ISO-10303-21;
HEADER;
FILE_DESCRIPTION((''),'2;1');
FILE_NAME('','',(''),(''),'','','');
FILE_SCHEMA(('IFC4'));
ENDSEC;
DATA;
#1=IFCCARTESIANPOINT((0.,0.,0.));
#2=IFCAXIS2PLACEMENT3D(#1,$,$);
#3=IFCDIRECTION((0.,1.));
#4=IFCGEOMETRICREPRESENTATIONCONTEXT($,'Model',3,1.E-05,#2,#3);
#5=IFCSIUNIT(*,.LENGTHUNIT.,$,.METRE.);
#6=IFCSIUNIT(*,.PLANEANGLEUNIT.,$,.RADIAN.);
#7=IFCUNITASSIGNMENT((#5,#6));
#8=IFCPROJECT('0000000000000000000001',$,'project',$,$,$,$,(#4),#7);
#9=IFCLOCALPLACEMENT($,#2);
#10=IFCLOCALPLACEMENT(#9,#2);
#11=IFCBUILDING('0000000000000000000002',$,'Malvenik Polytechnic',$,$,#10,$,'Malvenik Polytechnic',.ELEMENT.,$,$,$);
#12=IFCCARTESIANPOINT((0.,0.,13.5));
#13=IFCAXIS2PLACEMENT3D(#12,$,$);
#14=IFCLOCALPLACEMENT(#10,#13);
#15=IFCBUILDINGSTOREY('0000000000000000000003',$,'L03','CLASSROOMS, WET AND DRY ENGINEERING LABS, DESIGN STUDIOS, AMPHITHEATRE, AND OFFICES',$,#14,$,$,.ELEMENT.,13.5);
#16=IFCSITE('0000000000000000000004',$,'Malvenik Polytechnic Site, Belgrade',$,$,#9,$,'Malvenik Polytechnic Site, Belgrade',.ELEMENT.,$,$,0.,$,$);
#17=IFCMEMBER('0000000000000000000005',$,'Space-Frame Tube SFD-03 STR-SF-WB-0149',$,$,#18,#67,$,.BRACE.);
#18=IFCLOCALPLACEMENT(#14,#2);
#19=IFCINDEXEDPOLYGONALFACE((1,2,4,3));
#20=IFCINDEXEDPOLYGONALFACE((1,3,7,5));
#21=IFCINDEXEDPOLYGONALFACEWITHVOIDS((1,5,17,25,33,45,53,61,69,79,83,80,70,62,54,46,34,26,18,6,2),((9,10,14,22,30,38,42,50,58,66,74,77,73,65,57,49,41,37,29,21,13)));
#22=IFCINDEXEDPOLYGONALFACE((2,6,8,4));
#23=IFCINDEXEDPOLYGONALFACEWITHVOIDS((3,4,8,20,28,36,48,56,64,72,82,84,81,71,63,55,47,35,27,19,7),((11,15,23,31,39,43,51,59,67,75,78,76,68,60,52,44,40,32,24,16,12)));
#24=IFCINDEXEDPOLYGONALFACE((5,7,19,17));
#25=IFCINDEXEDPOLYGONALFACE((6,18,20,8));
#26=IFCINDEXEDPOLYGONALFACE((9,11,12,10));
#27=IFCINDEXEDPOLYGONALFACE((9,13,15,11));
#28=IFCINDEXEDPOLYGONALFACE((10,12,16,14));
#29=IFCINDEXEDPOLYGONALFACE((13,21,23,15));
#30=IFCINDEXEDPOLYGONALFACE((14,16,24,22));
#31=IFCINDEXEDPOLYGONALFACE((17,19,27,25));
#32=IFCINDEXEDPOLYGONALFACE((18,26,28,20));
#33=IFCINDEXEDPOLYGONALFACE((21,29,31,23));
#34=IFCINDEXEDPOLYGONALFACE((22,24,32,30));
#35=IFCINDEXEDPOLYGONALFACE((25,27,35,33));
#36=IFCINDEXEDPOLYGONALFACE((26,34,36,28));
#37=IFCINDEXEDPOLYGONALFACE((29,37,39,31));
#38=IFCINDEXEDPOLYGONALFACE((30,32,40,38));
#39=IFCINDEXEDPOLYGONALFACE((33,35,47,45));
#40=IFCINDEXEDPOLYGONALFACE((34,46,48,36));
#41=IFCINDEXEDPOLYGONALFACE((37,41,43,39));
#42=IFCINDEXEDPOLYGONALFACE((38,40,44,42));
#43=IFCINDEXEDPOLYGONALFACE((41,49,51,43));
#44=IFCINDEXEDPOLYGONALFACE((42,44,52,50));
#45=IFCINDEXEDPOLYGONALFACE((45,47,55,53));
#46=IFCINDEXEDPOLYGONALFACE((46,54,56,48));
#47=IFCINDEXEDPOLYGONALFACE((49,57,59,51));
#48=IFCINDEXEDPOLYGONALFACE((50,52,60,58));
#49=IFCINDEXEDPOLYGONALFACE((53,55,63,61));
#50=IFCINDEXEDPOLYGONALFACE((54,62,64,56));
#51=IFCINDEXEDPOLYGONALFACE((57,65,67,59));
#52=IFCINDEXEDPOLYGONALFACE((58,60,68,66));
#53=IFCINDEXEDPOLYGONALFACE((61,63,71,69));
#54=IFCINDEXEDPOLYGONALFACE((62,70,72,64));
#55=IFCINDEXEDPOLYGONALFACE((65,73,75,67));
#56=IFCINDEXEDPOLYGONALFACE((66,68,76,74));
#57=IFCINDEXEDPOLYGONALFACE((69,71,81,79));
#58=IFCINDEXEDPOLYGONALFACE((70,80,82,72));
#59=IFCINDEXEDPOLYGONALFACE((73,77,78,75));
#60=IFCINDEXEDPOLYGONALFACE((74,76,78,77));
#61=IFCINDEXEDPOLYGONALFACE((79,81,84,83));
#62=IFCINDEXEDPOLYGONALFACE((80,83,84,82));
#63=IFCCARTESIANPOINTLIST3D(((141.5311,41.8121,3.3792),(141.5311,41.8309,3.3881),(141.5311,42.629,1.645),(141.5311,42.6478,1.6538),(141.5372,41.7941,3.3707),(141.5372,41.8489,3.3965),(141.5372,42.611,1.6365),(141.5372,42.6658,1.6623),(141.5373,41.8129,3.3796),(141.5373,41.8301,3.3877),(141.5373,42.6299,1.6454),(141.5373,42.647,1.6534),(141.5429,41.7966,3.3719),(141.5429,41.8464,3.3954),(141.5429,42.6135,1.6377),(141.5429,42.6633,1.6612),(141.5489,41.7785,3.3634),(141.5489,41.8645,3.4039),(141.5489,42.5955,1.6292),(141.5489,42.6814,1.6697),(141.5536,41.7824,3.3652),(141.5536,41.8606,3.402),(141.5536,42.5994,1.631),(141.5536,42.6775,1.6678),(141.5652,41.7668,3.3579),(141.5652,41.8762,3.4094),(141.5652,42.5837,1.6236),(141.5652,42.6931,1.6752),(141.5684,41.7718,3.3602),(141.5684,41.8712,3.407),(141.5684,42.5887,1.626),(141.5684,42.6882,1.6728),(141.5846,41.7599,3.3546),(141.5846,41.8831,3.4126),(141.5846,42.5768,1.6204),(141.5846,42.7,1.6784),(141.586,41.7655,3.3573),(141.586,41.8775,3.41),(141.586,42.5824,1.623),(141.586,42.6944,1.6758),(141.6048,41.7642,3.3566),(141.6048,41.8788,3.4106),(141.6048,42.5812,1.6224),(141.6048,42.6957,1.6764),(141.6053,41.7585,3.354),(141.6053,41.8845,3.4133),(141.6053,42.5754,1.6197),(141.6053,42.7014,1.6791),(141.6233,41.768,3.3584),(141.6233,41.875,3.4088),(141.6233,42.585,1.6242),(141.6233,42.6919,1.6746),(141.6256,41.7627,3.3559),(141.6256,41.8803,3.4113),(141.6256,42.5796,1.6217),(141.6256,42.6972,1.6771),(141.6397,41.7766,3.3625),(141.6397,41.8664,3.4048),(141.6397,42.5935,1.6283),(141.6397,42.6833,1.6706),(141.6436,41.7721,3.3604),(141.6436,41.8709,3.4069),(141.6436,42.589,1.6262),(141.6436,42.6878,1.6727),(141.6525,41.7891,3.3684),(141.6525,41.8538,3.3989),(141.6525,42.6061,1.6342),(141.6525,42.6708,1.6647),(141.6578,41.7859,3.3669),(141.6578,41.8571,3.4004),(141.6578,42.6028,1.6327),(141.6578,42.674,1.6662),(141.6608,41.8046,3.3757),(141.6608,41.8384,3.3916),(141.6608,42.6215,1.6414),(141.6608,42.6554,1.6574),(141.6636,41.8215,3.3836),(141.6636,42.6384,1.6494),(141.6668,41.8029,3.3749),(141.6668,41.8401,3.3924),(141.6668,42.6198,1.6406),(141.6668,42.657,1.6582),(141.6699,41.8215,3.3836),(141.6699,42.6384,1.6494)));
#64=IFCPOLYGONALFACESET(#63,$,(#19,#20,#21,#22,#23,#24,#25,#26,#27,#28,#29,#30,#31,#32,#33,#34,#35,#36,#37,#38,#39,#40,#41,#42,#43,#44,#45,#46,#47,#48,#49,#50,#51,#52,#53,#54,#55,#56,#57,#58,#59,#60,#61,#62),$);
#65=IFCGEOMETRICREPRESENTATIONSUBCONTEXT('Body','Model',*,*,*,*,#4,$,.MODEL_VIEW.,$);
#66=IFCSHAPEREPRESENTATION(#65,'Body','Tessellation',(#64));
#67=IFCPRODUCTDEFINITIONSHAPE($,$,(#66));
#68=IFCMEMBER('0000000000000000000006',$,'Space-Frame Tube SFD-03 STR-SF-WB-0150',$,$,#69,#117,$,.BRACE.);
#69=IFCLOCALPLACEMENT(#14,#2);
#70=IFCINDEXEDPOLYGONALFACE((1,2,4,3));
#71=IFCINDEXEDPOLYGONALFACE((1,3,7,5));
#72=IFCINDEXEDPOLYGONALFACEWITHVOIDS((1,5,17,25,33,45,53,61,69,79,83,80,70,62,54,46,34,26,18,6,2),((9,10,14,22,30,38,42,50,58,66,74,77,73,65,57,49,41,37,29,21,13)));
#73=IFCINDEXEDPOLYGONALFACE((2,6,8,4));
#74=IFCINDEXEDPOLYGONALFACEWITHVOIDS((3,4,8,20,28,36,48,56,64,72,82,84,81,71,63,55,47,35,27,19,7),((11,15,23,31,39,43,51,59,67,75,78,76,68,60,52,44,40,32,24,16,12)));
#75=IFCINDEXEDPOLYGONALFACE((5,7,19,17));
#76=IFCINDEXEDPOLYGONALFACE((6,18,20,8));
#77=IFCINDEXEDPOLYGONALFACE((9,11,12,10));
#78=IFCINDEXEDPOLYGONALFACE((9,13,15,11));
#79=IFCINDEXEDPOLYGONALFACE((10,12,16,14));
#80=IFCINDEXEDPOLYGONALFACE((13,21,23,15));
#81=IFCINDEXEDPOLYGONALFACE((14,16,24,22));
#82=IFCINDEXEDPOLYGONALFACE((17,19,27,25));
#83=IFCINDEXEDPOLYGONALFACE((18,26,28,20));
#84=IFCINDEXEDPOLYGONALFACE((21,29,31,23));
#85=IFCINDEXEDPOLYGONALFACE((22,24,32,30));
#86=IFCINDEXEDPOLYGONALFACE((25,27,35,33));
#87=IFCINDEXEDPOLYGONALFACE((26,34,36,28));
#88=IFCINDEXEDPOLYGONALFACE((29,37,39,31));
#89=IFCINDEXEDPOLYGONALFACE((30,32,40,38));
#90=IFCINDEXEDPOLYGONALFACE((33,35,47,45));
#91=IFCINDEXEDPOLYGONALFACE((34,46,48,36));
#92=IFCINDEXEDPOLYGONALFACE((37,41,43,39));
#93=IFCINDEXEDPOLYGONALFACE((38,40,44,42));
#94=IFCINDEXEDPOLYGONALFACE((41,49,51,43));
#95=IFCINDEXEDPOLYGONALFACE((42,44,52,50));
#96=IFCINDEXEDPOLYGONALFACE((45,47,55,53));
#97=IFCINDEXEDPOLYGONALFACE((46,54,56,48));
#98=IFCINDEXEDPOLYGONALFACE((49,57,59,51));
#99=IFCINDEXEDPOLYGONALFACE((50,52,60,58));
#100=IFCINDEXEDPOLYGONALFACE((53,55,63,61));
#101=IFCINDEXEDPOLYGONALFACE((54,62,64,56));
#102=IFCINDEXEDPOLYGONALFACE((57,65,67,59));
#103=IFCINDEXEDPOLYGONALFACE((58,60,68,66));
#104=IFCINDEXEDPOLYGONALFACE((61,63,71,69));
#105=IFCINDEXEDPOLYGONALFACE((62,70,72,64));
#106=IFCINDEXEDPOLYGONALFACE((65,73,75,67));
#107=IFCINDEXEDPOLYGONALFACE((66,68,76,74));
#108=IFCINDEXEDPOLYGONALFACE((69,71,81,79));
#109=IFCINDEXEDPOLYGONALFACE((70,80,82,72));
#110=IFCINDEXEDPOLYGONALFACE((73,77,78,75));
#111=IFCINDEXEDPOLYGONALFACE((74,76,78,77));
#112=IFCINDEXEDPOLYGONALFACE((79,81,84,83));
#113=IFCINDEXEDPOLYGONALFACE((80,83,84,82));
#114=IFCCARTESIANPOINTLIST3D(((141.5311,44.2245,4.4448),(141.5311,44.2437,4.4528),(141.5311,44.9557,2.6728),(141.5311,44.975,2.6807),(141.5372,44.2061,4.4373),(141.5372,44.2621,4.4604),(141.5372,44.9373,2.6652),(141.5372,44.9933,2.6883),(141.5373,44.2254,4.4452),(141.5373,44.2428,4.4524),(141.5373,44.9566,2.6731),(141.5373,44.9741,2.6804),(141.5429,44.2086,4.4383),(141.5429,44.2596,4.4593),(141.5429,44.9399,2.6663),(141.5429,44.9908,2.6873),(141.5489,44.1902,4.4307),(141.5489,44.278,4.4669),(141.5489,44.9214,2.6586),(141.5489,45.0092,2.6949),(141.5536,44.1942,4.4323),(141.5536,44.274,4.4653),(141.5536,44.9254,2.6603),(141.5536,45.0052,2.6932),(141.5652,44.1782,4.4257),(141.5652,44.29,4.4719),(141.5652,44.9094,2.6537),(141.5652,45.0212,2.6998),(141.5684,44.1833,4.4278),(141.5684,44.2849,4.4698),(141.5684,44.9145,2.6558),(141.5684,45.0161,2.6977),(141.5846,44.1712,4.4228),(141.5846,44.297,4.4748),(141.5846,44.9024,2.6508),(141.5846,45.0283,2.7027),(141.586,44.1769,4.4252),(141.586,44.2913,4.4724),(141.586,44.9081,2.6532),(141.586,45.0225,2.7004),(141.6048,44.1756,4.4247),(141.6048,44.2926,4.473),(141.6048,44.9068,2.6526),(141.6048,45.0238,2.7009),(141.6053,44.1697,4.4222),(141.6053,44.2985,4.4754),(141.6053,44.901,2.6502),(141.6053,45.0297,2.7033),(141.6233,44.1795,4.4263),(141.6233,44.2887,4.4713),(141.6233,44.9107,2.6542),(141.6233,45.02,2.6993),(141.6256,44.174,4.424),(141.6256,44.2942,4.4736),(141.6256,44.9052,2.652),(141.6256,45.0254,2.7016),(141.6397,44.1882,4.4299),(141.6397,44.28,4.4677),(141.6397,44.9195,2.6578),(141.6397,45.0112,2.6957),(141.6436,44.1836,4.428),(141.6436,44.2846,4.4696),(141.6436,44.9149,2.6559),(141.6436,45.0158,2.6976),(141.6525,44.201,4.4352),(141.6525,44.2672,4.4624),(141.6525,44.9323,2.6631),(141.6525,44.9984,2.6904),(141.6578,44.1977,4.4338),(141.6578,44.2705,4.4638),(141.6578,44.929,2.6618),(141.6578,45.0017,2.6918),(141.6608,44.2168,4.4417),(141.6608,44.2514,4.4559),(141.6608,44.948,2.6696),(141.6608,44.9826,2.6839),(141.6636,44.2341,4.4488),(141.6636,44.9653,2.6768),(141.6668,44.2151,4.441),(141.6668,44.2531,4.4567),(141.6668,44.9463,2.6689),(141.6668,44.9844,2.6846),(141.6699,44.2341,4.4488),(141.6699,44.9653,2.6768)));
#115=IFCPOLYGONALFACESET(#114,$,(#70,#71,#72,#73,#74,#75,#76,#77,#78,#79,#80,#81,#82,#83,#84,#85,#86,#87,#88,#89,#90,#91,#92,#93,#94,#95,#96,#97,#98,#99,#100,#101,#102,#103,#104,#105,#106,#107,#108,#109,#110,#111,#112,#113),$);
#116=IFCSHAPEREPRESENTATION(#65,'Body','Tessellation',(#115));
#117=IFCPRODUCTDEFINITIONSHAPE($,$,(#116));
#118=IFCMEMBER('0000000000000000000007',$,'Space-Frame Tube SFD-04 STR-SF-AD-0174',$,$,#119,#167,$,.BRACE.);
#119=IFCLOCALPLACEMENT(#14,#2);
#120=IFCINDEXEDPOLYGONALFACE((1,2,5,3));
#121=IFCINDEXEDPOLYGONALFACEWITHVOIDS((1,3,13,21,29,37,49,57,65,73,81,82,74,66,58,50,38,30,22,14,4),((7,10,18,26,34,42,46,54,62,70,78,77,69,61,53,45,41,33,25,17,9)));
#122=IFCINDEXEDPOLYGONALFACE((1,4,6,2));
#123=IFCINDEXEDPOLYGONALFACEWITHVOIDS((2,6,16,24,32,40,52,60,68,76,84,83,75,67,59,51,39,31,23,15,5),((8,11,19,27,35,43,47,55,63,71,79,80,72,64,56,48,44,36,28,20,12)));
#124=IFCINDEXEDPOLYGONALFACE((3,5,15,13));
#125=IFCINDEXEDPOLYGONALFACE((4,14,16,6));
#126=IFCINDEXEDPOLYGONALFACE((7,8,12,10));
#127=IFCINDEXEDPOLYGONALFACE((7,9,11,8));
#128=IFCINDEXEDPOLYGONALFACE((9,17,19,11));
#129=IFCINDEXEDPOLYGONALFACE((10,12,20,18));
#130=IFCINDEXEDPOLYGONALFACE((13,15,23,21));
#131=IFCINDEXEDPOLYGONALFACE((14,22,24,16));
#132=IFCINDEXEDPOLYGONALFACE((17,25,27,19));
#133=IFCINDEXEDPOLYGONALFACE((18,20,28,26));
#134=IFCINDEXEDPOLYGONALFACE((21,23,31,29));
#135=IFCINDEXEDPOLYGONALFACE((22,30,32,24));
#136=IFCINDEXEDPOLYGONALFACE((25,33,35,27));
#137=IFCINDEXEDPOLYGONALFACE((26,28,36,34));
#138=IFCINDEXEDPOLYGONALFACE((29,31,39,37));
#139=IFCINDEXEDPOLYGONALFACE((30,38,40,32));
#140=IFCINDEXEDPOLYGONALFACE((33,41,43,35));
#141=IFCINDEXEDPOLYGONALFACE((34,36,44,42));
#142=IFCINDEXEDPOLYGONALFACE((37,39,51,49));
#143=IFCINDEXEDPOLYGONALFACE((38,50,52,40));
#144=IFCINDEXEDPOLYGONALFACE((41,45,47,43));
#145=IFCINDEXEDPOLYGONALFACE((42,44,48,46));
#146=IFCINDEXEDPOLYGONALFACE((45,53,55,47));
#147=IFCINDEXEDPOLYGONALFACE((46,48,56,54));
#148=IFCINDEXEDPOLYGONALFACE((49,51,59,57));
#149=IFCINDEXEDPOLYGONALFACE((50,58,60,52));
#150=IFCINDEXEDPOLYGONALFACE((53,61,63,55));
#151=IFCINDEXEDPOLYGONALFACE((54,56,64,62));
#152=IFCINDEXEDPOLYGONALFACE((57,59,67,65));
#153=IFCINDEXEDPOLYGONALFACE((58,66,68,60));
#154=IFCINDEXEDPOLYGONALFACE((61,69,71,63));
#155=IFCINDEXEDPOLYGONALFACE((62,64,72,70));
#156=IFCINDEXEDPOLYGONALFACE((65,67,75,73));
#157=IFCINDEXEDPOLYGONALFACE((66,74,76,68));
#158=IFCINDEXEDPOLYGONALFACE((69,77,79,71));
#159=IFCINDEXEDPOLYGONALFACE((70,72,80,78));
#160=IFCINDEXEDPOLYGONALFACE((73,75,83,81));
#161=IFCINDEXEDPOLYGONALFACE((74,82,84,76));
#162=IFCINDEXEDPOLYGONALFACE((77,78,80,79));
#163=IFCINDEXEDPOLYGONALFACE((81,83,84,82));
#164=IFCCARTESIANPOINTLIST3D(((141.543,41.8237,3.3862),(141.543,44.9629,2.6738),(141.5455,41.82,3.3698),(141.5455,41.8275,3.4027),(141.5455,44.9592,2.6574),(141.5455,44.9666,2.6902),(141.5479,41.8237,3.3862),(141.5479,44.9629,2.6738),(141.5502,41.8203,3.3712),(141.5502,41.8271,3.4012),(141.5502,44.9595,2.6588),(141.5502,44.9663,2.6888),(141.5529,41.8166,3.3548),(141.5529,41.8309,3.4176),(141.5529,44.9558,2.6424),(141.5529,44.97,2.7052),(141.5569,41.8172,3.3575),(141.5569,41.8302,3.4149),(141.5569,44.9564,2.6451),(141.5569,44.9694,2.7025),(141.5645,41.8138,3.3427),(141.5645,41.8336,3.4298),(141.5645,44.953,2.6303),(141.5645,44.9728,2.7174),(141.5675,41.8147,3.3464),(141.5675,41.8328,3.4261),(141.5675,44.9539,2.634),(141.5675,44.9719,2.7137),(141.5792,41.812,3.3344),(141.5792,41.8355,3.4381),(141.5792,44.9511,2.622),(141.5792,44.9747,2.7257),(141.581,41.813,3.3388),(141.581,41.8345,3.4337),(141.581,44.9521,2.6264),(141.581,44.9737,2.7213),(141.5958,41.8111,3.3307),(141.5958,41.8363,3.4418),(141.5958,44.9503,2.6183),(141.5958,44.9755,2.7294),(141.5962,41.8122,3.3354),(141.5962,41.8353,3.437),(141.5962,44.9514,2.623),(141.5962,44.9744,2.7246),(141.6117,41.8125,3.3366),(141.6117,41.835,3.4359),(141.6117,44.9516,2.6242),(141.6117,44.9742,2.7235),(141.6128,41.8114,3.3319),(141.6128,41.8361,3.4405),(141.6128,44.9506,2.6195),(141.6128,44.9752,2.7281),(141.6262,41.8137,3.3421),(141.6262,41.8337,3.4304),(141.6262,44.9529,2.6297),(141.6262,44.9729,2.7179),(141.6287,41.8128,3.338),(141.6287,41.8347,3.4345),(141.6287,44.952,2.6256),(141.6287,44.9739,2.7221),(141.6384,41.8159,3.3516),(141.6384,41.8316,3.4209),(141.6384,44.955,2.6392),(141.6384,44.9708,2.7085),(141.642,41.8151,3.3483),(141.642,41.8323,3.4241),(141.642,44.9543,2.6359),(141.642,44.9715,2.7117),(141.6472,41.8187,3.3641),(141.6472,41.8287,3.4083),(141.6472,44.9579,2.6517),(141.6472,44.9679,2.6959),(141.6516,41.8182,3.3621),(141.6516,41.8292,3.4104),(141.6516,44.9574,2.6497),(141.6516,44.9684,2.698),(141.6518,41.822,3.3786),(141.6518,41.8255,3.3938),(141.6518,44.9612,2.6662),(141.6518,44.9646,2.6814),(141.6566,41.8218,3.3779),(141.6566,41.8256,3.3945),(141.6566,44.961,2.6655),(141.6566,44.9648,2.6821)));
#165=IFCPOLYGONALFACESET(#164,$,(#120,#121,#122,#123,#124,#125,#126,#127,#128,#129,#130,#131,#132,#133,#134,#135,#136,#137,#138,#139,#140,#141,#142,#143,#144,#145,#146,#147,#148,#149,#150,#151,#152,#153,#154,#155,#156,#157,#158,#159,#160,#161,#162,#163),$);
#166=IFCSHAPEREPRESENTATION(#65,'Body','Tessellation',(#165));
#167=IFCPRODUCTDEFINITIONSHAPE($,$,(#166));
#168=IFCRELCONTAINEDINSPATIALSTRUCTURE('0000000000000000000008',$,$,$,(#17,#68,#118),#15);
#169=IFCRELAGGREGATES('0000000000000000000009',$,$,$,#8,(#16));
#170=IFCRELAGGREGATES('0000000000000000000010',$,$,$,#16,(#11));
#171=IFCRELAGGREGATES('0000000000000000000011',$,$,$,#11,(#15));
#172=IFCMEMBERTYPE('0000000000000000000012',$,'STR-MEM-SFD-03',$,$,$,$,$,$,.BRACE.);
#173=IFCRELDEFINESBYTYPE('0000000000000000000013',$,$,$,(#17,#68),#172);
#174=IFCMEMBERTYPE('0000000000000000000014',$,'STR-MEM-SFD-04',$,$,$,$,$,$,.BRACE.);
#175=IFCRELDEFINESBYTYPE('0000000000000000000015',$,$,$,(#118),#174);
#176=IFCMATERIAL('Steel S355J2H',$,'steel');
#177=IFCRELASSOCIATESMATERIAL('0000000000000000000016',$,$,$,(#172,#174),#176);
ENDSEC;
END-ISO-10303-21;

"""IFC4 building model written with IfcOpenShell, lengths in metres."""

from ifc_helpers import new_model, si_unit, direction, frame, origin, origin_2d, place, context, subcontext, project, spatial, hollow_circle, extrude, material, material_profile, profile_set, type_object, element, save


model = new_model("IFC4")

# Units and contexts
model_context = context("Model", 3, precision=1e-05, world=origin(), true_north=direction((0.0, 1.0)))
body_context = subcontext(model_context, "Body", "Model", "MODEL_VIEW")
ifc_project = project(units=[si_unit("LENGTHUNIT", "METRE"), si_unit("PLANEANGLEUNIT", "RADIAN")], contexts=[model_context])

# Site, building, storey
site_placement = place(None, origin())
site = spatial("IfcSite", under=ifc_project, at=site_placement, Name="Malvenik Polytechnic Site, Belgrade", LongName="Malvenik Polytechnic Site, Belgrade", CompositionType="ELEMENT", RefElevation=0.0)
building_placement = place(site_placement, origin())
building = spatial("IfcBuilding", under=site, at=building_placement, Name="Malvenik Polytechnic", LongName="Malvenik Polytechnic", CompositionType="ELEMENT")
storey_placement = place(building_placement, frame((0.0, 0.0, 13.5)))
storey = spatial("IfcBuildingStorey", under=building, at=storey_placement, Name="L03", Description="CLASSROOMS, WET AND DRY ENGINEERING LABS, DESIGN STUDIOS, AMPHITHEATRE, AND OFFICES", CompositionType="ELEMENT", Elevation=13.5)

# Members
ifc_material_1 = material(Name="Steel S355J2H", Category="steel")
ifc_material_profile_1 = material_profile(ifc_material_1, hollow_circle(Radius=0.0698, WallThickness=0.0063, at=origin_2d()), Name="CHS 139.7x6.3")
ifc_profile_set_1 = profile_set([ifc_material_profile_1], Name="Steel S355J2H")
member_type_1 = type_object("IfcMemberType", Name="STR-MEM-SFD-03", PredefinedType="BRACE", material=ifc_profile_set_1)
for number, where, z_axis, x_axis, name in (
    (1, (141.6001, 42.6384, 1.6494), (0.0, -0.426153, 0.904651), (1.0, 0.0, 0.0), "Space-Frame Tube SFD-03 STR-SF-WB-0149"),
    (2, (141.6001, 44.9653, 2.6768), (0.0, -0.381448, 0.92439), (1.0, 0.0, 0.0), "Space-Frame Tube SFD-03 STR-SF-WB-0150"),
):
    element("IfcMember", number, at=place(storey_placement, frame(where, z_axis=z_axis, x_axis=x_axis)), inside=storey, type_object=member_type_1, Name=name, PredefinedType="BRACE", context=body_context, shape_type="SweptSolid", body=[
        extrude(hollow_circle(Radius=0.0698, WallThickness=0.0063, at=origin_2d()), origin(), (0.0, 0.0, 1.0), 1.917),
    ])
ifc_material_profile_2 = material_profile(ifc_material_1, hollow_circle(Radius=0.0571, WallThickness=0.0049, at=origin_2d()), Name="CHS 114.3x5.0")
ifc_profile_set_2 = profile_set([ifc_material_profile_2], Name="Steel S355J2H")
member_type_2 = type_object("IfcMemberType", Name="STR-MEM-SFD-04", PredefinedType="BRACE", material=ifc_profile_set_2)
member_1_placement = place(storey_placement, frame((141.6001, 41.8237, 3.3862), z_axis=(0.0, 0.975203, -0.221313), x_axis=(-1.0, 0.0, 0.0)))
element("IfcMember", 3, at=member_1_placement, inside=storey, type_object=member_type_2, Name="Space-Frame Tube SFD-04 STR-SF-AD-0174", PredefinedType="BRACE", context=body_context, shape_type="SweptSolid", body=[
    extrude(hollow_circle(Radius=0.0571, WallThickness=0.0049, at=origin_2d()), origin(), (0.0, 0.0, 1.0), 3.219),
])

save(model, "model.ifc")
